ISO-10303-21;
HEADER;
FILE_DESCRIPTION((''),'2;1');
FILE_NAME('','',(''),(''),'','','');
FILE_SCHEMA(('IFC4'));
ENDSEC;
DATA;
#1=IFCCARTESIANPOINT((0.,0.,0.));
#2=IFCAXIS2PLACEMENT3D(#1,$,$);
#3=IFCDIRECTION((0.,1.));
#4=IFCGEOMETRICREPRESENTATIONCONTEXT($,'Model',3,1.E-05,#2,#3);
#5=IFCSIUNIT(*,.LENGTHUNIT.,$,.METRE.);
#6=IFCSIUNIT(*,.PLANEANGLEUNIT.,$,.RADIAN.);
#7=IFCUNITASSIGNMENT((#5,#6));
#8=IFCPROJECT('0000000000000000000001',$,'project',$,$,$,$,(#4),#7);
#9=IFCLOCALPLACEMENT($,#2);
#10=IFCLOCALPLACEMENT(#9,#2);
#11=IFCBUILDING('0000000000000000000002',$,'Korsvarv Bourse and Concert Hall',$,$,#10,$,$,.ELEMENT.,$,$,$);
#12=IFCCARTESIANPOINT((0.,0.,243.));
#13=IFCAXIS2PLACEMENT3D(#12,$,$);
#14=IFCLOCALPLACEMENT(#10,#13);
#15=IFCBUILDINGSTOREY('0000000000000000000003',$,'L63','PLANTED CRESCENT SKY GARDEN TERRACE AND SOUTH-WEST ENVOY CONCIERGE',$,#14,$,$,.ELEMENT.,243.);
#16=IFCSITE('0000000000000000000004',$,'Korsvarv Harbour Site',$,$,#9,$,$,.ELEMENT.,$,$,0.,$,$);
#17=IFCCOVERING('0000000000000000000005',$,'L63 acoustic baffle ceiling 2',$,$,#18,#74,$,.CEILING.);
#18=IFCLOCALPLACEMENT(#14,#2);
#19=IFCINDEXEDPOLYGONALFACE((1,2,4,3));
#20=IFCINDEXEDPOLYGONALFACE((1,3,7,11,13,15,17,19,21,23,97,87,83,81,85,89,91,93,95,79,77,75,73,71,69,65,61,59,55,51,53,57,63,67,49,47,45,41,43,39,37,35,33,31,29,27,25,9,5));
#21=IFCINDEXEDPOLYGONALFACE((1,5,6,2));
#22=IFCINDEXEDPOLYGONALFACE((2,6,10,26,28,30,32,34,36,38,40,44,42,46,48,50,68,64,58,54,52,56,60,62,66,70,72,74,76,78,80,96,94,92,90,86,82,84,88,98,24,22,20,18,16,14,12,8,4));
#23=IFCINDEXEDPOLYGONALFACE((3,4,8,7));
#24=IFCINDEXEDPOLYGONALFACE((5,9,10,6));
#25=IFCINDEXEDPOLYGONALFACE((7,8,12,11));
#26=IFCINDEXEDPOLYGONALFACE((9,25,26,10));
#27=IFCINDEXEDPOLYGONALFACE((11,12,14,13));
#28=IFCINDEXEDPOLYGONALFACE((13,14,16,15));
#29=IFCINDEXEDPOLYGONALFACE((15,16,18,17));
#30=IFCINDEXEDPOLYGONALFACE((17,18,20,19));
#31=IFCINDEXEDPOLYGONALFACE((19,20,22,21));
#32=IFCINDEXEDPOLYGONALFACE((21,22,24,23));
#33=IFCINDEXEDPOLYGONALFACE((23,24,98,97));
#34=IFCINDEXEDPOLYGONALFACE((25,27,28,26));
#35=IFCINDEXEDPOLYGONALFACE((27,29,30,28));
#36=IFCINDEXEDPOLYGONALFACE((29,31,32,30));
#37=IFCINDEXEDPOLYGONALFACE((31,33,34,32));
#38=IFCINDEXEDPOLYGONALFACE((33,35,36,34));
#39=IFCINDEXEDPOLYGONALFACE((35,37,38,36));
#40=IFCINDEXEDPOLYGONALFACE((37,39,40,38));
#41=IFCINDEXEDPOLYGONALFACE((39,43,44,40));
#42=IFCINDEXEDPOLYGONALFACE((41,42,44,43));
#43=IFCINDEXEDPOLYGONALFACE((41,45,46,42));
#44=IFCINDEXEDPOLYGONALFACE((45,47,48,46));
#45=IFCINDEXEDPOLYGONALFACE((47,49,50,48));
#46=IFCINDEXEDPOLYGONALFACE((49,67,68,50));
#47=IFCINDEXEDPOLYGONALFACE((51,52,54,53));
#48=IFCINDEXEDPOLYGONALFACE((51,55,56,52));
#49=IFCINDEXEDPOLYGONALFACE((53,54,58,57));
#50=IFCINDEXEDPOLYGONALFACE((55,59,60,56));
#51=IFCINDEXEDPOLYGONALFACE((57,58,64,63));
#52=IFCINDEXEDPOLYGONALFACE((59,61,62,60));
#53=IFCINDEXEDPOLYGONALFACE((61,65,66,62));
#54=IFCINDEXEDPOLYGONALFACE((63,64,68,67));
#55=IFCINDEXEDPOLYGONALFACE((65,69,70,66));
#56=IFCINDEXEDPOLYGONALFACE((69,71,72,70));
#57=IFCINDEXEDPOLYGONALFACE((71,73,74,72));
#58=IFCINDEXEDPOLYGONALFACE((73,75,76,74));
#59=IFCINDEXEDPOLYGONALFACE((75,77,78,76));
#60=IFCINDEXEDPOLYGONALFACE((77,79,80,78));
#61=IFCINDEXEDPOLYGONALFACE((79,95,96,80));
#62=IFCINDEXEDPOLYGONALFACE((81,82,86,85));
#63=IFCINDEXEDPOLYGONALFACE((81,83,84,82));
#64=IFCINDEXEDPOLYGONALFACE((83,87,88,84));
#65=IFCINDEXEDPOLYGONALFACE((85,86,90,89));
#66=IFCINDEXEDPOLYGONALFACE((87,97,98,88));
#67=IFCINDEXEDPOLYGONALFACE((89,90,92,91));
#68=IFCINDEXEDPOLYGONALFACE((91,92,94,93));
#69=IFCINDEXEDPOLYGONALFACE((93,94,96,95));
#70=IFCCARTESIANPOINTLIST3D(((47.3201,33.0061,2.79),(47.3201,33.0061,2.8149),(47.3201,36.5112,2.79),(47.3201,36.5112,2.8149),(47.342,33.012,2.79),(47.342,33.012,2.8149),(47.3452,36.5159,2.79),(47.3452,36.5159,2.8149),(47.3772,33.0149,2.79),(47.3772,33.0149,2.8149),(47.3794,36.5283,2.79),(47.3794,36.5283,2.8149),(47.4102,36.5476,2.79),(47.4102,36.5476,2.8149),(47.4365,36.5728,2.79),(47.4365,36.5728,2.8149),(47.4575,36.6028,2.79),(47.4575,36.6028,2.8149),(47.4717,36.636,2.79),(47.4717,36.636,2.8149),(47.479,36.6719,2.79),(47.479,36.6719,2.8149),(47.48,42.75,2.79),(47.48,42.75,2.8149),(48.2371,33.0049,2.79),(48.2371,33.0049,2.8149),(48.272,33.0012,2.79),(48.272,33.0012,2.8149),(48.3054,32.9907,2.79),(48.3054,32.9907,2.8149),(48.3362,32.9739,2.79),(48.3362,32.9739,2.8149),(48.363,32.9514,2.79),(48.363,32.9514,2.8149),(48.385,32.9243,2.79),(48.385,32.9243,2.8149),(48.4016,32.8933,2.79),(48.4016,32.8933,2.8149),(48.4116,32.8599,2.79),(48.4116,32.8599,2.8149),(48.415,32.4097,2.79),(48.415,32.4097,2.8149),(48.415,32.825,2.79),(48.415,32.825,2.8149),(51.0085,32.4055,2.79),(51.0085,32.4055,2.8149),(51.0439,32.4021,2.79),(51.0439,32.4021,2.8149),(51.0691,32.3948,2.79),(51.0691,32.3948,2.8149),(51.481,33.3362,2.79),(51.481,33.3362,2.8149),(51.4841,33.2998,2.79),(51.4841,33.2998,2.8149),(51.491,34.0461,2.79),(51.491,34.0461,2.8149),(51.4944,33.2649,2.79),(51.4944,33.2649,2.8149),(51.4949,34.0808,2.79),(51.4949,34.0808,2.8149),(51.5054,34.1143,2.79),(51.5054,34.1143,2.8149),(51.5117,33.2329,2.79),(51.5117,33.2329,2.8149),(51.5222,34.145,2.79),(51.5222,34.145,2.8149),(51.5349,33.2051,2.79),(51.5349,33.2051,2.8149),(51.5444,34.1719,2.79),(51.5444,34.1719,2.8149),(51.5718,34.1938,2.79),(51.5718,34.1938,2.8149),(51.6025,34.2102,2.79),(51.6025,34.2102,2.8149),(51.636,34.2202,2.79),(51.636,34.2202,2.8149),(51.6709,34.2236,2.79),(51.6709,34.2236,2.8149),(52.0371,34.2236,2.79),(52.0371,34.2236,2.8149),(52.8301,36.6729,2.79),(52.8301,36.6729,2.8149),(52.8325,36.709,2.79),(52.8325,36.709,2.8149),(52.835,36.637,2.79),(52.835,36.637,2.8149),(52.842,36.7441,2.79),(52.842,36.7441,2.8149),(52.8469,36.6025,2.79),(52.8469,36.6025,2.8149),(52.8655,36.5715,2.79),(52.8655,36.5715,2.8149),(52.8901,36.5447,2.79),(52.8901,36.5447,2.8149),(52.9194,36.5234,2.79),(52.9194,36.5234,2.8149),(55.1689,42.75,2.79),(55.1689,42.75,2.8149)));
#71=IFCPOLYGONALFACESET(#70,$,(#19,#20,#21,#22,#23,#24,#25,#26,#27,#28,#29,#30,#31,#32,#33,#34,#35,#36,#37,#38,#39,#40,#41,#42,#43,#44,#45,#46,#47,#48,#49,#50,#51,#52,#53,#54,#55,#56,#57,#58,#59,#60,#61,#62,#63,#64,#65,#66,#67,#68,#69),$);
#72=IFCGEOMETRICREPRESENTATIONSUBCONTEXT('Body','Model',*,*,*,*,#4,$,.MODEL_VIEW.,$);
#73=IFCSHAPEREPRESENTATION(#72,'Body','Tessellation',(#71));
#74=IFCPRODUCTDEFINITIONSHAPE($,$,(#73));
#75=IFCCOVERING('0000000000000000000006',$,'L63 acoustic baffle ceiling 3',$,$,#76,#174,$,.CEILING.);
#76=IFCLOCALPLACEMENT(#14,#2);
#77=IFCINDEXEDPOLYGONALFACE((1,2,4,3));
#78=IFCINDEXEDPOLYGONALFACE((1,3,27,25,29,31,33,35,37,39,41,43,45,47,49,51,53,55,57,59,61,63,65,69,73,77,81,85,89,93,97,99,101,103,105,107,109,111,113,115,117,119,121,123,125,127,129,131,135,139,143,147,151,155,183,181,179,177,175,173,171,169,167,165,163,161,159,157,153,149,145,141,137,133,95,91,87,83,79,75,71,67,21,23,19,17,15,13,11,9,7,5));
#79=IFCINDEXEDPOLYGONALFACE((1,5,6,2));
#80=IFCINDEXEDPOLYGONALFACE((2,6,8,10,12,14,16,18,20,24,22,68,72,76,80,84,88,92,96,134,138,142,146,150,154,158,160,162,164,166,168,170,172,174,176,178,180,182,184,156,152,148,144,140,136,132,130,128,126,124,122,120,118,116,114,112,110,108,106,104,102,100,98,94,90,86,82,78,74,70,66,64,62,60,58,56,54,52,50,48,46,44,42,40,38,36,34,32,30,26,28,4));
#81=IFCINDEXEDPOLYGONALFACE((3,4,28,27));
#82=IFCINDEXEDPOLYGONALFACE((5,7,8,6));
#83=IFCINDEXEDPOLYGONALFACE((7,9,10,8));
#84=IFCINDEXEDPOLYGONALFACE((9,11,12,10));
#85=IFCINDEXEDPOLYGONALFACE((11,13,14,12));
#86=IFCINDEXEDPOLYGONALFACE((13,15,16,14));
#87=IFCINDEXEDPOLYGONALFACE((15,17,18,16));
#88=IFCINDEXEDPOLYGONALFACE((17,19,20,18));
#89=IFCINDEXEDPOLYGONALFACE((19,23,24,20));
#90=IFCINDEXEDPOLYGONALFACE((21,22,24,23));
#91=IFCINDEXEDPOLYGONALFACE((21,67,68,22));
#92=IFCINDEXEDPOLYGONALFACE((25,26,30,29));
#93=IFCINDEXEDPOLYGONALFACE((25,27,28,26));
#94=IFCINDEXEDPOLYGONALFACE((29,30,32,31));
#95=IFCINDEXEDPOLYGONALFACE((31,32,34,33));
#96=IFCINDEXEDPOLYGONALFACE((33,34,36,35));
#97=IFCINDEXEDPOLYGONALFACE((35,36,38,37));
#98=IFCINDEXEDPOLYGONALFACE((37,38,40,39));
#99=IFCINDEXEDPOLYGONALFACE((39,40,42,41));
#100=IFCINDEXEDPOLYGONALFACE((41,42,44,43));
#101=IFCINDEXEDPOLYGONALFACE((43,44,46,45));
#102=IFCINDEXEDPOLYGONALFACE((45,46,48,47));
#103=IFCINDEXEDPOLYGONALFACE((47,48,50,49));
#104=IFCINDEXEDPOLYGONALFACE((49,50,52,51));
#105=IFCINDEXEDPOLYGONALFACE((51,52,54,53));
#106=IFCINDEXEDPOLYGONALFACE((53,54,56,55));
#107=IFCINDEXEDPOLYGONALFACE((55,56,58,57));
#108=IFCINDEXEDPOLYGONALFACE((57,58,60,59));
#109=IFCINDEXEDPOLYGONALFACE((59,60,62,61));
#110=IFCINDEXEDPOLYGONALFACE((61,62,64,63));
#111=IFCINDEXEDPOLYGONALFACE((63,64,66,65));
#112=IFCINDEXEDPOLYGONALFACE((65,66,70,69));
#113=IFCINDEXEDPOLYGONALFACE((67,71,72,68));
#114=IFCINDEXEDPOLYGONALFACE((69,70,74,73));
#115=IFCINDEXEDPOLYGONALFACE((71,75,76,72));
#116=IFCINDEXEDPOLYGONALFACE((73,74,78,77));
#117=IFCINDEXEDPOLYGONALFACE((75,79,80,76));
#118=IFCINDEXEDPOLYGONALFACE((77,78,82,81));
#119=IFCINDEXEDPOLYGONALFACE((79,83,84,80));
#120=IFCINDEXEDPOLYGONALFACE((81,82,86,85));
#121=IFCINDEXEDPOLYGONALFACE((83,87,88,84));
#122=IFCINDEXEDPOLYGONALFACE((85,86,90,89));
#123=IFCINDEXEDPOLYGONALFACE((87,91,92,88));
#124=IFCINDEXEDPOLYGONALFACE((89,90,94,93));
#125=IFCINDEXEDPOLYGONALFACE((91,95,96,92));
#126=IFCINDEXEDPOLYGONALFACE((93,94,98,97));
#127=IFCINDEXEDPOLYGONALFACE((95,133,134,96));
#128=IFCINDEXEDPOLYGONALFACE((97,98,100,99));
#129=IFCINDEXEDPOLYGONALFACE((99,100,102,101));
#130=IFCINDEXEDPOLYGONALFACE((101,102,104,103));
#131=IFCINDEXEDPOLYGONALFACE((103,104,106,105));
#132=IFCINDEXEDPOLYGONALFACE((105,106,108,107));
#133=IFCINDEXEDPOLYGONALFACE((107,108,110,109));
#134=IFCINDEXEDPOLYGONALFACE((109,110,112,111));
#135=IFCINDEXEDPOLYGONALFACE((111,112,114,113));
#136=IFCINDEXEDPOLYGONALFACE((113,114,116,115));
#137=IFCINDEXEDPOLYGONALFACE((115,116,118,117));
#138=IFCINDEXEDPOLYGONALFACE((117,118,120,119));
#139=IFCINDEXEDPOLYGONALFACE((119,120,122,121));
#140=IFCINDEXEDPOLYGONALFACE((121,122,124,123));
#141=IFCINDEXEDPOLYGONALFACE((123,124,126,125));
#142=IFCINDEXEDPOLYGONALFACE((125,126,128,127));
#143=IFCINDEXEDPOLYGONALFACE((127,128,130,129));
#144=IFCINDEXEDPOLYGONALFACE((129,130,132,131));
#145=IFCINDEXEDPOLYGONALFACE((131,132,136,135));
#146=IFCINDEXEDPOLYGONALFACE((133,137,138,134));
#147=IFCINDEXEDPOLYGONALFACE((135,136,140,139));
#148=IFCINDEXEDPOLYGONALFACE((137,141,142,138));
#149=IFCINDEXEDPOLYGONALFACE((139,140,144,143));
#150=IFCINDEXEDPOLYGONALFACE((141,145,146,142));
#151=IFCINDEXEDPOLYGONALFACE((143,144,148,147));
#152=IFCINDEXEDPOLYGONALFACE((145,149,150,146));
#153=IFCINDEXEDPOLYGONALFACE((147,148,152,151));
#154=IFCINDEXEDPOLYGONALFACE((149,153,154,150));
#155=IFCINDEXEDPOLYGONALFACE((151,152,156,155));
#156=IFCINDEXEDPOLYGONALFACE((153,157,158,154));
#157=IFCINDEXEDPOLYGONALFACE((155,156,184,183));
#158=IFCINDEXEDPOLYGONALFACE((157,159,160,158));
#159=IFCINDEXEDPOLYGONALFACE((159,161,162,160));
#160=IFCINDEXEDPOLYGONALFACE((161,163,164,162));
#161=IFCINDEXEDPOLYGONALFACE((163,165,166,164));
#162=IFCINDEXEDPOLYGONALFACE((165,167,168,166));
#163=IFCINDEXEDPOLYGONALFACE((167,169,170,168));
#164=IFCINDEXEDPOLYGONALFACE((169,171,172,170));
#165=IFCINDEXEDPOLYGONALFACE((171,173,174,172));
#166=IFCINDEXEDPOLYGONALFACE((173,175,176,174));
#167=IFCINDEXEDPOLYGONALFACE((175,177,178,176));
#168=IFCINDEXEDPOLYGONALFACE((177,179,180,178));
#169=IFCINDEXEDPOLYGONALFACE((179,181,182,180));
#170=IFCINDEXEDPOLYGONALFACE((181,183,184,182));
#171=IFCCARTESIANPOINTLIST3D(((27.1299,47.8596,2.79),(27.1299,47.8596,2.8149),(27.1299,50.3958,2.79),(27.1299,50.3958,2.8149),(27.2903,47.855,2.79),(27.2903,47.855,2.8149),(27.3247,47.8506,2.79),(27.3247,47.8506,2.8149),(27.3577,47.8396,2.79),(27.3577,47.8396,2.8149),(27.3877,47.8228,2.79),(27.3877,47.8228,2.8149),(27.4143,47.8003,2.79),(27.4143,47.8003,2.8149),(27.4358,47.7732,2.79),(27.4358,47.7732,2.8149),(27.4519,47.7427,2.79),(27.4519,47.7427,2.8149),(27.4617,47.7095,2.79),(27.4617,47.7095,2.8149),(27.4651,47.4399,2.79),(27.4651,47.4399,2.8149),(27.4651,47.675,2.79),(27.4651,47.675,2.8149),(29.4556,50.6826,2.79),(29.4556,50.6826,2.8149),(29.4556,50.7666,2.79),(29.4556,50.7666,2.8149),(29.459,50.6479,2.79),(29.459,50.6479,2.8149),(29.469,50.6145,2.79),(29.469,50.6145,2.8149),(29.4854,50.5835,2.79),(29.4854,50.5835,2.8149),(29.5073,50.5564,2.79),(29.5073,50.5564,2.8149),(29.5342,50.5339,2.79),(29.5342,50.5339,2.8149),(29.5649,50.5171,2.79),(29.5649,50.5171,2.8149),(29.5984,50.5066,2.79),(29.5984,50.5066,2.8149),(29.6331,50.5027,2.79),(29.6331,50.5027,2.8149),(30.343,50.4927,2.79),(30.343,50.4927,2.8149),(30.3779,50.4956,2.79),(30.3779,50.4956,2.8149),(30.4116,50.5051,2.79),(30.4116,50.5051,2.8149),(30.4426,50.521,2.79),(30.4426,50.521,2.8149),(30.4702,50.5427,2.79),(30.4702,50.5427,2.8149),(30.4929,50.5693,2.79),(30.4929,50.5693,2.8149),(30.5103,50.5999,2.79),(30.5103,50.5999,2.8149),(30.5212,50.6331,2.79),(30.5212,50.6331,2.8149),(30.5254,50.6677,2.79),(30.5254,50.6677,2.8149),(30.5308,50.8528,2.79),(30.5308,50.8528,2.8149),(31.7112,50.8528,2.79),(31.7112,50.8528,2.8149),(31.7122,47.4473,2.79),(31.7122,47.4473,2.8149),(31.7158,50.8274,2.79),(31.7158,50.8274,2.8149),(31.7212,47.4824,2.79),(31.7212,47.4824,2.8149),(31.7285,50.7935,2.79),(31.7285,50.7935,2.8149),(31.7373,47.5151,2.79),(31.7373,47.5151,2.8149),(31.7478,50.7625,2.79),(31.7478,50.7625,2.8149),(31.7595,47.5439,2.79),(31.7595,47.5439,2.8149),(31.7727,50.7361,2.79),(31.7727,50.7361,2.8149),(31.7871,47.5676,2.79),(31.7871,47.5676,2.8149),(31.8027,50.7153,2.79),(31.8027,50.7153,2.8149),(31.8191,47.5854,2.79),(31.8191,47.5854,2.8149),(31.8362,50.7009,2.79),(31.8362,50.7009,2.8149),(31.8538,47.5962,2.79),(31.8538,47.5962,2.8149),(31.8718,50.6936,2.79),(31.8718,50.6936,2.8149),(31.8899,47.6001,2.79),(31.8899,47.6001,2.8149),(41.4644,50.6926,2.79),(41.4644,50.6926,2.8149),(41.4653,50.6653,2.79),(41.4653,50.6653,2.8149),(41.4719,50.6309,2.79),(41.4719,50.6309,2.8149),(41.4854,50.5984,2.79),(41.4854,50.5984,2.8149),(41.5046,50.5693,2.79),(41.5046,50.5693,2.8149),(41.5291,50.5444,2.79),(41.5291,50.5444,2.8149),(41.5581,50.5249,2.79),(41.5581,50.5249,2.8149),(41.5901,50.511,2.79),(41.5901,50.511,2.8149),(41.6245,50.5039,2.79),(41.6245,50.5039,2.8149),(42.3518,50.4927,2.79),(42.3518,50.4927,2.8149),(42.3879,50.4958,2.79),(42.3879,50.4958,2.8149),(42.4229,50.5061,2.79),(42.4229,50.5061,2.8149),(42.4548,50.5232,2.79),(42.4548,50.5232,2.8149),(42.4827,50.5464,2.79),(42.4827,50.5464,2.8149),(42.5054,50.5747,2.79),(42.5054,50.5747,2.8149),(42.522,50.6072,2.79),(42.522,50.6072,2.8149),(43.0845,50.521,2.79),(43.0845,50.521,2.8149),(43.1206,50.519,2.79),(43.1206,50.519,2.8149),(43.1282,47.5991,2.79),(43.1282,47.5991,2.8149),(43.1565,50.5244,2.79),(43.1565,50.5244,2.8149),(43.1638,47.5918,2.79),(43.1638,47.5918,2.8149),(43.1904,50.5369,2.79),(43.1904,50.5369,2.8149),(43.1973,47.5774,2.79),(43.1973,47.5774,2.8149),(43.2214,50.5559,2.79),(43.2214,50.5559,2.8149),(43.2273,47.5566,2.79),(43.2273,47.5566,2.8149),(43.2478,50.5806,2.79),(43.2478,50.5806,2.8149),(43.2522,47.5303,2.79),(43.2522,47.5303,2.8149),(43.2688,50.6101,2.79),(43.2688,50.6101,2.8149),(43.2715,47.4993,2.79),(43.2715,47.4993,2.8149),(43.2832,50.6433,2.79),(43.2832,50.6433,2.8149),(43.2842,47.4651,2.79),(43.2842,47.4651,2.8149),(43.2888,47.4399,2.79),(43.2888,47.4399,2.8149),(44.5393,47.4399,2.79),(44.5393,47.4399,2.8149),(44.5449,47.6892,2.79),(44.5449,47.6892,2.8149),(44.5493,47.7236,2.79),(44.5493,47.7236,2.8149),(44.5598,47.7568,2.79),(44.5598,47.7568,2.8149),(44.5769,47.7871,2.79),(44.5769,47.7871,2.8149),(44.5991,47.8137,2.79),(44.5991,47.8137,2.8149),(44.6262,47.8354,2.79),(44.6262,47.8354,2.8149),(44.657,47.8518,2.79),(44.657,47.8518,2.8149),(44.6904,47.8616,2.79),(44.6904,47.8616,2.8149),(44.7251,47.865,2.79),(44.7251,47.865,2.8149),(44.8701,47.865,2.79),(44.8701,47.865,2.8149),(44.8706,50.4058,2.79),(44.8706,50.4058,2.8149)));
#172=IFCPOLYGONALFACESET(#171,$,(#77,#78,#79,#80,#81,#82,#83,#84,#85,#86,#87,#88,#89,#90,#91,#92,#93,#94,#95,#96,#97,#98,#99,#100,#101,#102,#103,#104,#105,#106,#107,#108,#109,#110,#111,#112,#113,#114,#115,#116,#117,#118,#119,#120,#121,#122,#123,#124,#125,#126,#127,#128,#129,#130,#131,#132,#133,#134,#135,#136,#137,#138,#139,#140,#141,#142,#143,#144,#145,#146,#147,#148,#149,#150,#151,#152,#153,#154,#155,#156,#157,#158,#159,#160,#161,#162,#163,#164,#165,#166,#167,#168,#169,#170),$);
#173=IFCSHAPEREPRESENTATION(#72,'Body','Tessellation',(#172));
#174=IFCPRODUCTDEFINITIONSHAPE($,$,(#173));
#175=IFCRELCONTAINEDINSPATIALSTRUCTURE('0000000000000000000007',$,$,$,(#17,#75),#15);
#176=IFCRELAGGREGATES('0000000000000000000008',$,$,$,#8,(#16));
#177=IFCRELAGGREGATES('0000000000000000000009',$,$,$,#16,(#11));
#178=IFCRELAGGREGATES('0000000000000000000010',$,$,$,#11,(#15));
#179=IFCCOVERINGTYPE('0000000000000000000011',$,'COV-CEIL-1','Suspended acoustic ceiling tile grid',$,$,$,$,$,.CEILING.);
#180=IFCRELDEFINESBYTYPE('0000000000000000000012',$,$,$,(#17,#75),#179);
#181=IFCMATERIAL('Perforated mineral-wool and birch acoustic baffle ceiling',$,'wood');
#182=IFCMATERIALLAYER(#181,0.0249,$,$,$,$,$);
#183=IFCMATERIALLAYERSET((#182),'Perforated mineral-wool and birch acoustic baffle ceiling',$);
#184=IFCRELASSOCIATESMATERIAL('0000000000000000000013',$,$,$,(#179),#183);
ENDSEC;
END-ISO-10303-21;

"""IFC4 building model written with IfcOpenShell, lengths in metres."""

from ifc_helpers import new_model, si_unit, direction, frame, origin, place, context, subcontext, project, spatial, polyline, outline, extrude, material, layer, layer_set, type_object, element, save


model = new_model("IFC4")

# Units and contexts
model_context = context("Model", 3, precision=1e-05, world=origin(), true_north=direction((0.0, 1.0)))
body_context = subcontext(model_context, "Body", "Model", "MODEL_VIEW")
ifc_project = project(units=[si_unit("LENGTHUNIT", "METRE"), si_unit("PLANEANGLEUNIT", "RADIAN")], contexts=[model_context])

# Site, building, storey
site_placement = place(None, origin())
site = spatial("IfcSite", under=ifc_project, at=site_placement, Name="Korsvarv Harbour Site", CompositionType="ELEMENT", RefElevation=0.0)
building_placement = place(site_placement, origin())
building = spatial("IfcBuilding", under=site, at=building_placement, Name="Korsvarv Bourse and Concert Hall", CompositionType="ELEMENT")
storey_placement = place(building_placement, frame((0.0, 0.0, 243.0)))
storey = spatial("IfcBuildingStorey", under=building, at=storey_placement, Name="L63", Description="PLANTED CRESCENT SKY GARDEN TERRACE AND SOUTH-WEST ENVOY CONCIERGE", CompositionType="ELEMENT", Elevation=243.0)

# Coverings
ifc_material_1 = material(Name="Perforated mineral-wool and birch acoustic baffle ceiling", Category="wood")
ifc_layer_1 = layer(ifc_material_1, 0.0249)
ifc_layer_set_1 = layer_set([ifc_layer_1], Name="Perforated mineral-wool and birch acoustic baffle ceiling")
covering_type_1 = type_object("IfcCoveringType", Name="COV-CEIL-1", Description="Suspended acoustic ceiling tile grid", PredefinedType="CEILING", material=ifc_layer_set_1)
covering_1_placement = place(storey_placement, frame((0.0, 0.0, 2.79)))
element("IfcCovering", 1, at=covering_1_placement, inside=storey, type_object=covering_type_1, Name="L63 acoustic baffle ceiling 2", PredefinedType="CEILING", context=body_context, shape_type="SweptSolid", body=[
    extrude(outline(polyline([(47.3201, 36.5112), (47.3452, 36.5159), (47.3794, 36.5283), (47.4102, 36.5476), (47.4365, 36.5728), (47.4575, 36.6028), (47.4717, 36.636), (47.479, 36.6719), (47.48, 42.75), (55.1689, 42.75), (52.842, 36.7441), (52.8325, 36.709), (52.8301, 36.6729), (52.835, 36.637), (52.8469, 36.6025), (52.8655, 36.5715), (52.8901, 36.5447), (52.9194, 36.5234), (52.0371, 34.2236), (51.6709, 34.2236), (51.636, 34.2202), (51.6025, 34.2102), (51.5718, 34.1938), (51.5444, 34.1719), (51.5222, 34.145), (51.5054, 34.1143), (51.4949, 34.0808), (51.491, 34.0461), (51.481, 33.3362), (51.4841, 33.2998), (51.4944, 33.2649), (51.5117, 33.2329), (51.5349, 33.2051), (51.0691, 32.3948), (51.0439, 32.4021), (51.0085, 32.4055), (48.415, 32.4097), (48.415, 32.825), (48.4116, 32.8599), (48.4016, 32.8933), (48.385, 32.9243), (48.363, 32.9514), (48.3362, 32.9739), (48.3054, 32.9907), (48.272, 33.0012), (48.2371, 33.0049), (47.3772, 33.0149), (47.342, 33.012), (47.3201, 33.0061), (47.3201, 36.5112)])), origin(), (0.0, 0.0, 1.0), 0.0249),
])
covering_2_placement = place(storey_placement, frame((0.0, 0.0, 2.79)))
element("IfcCovering", 2, at=covering_2_placement, inside=storey, type_object=covering_type_1, Name="L63 acoustic baffle ceiling 3", PredefinedType="CEILING", context=body_context, shape_type="SweptSolid", body=[
    extrude(outline(polyline([(29.4556, 50.7666), (29.4556, 50.6826), (29.459, 50.6479), (29.469, 50.6145), (29.4854, 50.5835), (29.5073, 50.5564), (29.5342, 50.5339), (29.5649, 50.5171), (29.5984, 50.5066), (29.6331, 50.5027), (30.343, 50.4927), (30.3779, 50.4956), (30.4116, 50.5051), (30.4426, 50.521), (30.4702, 50.5427), (30.4929, 50.5693), (30.5103, 50.5999), (30.5212, 50.6331), (30.5254, 50.6677), (30.5308, 50.8528), (31.7112, 50.8528), (31.7158, 50.8274), (31.7285, 50.7935), (31.7478, 50.7625), (31.7727, 50.7361), (31.8027, 50.7153), (31.8362, 50.7009), (31.8718, 50.6936), (41.4644, 50.6926), (41.4653, 50.6653), (41.4719, 50.6309), (41.4854, 50.5984), (41.5046, 50.5693), (41.5291, 50.5444), (41.5581, 50.5249), (41.5901, 50.511), (41.6245, 50.5039), (42.3518, 50.4927), (42.3879, 50.4958), (42.4229, 50.5061), (42.4548, 50.5232), (42.4827, 50.5464), (42.5054, 50.5747), (42.522, 50.6072), (43.0845, 50.521), (43.1206, 50.519), (43.1565, 50.5244), (43.1904, 50.5369), (43.2214, 50.5559), (43.2478, 50.5806), (43.2688, 50.6101), (43.2832, 50.6433), (44.8706, 50.4058), (44.8701, 47.865), (44.7251, 47.865), (44.6904, 47.8616), (44.657, 47.8518), (44.6262, 47.8354), (44.5991, 47.8137), (44.5769, 47.7871), (44.5598, 47.7568), (44.5493, 47.7236), (44.5449, 47.6892), (44.5393, 47.4399), (43.2888, 47.4399), (43.2842, 47.4651), (43.2715, 47.4993), (43.2522, 47.5303), (43.2273, 47.5566), (43.1973, 47.5774), (43.1638, 47.5918), (43.1282, 47.5991), (31.8899, 47.6001), (31.8538, 47.5962), (31.8191, 47.5854), (31.7871, 47.5676), (31.7595, 47.5439), (31.7373, 47.5151), (31.7212, 47.4824), (31.7122, 47.4473), (27.4651, 47.4399), (27.4651, 47.675), (27.4617, 47.7095), (27.4519, 47.7427), (27.4358, 47.7732), (27.4143, 47.8003), (27.3877, 47.8228), (27.3577, 47.8396), (27.3247, 47.8506), (27.2903, 47.855), (27.1299, 47.8596), (27.1299, 50.3958), (29.4556, 50.7666)])), origin(), (0.0, 0.0, 1.0), 0.0249),
])

save(model, "model.ifc")
